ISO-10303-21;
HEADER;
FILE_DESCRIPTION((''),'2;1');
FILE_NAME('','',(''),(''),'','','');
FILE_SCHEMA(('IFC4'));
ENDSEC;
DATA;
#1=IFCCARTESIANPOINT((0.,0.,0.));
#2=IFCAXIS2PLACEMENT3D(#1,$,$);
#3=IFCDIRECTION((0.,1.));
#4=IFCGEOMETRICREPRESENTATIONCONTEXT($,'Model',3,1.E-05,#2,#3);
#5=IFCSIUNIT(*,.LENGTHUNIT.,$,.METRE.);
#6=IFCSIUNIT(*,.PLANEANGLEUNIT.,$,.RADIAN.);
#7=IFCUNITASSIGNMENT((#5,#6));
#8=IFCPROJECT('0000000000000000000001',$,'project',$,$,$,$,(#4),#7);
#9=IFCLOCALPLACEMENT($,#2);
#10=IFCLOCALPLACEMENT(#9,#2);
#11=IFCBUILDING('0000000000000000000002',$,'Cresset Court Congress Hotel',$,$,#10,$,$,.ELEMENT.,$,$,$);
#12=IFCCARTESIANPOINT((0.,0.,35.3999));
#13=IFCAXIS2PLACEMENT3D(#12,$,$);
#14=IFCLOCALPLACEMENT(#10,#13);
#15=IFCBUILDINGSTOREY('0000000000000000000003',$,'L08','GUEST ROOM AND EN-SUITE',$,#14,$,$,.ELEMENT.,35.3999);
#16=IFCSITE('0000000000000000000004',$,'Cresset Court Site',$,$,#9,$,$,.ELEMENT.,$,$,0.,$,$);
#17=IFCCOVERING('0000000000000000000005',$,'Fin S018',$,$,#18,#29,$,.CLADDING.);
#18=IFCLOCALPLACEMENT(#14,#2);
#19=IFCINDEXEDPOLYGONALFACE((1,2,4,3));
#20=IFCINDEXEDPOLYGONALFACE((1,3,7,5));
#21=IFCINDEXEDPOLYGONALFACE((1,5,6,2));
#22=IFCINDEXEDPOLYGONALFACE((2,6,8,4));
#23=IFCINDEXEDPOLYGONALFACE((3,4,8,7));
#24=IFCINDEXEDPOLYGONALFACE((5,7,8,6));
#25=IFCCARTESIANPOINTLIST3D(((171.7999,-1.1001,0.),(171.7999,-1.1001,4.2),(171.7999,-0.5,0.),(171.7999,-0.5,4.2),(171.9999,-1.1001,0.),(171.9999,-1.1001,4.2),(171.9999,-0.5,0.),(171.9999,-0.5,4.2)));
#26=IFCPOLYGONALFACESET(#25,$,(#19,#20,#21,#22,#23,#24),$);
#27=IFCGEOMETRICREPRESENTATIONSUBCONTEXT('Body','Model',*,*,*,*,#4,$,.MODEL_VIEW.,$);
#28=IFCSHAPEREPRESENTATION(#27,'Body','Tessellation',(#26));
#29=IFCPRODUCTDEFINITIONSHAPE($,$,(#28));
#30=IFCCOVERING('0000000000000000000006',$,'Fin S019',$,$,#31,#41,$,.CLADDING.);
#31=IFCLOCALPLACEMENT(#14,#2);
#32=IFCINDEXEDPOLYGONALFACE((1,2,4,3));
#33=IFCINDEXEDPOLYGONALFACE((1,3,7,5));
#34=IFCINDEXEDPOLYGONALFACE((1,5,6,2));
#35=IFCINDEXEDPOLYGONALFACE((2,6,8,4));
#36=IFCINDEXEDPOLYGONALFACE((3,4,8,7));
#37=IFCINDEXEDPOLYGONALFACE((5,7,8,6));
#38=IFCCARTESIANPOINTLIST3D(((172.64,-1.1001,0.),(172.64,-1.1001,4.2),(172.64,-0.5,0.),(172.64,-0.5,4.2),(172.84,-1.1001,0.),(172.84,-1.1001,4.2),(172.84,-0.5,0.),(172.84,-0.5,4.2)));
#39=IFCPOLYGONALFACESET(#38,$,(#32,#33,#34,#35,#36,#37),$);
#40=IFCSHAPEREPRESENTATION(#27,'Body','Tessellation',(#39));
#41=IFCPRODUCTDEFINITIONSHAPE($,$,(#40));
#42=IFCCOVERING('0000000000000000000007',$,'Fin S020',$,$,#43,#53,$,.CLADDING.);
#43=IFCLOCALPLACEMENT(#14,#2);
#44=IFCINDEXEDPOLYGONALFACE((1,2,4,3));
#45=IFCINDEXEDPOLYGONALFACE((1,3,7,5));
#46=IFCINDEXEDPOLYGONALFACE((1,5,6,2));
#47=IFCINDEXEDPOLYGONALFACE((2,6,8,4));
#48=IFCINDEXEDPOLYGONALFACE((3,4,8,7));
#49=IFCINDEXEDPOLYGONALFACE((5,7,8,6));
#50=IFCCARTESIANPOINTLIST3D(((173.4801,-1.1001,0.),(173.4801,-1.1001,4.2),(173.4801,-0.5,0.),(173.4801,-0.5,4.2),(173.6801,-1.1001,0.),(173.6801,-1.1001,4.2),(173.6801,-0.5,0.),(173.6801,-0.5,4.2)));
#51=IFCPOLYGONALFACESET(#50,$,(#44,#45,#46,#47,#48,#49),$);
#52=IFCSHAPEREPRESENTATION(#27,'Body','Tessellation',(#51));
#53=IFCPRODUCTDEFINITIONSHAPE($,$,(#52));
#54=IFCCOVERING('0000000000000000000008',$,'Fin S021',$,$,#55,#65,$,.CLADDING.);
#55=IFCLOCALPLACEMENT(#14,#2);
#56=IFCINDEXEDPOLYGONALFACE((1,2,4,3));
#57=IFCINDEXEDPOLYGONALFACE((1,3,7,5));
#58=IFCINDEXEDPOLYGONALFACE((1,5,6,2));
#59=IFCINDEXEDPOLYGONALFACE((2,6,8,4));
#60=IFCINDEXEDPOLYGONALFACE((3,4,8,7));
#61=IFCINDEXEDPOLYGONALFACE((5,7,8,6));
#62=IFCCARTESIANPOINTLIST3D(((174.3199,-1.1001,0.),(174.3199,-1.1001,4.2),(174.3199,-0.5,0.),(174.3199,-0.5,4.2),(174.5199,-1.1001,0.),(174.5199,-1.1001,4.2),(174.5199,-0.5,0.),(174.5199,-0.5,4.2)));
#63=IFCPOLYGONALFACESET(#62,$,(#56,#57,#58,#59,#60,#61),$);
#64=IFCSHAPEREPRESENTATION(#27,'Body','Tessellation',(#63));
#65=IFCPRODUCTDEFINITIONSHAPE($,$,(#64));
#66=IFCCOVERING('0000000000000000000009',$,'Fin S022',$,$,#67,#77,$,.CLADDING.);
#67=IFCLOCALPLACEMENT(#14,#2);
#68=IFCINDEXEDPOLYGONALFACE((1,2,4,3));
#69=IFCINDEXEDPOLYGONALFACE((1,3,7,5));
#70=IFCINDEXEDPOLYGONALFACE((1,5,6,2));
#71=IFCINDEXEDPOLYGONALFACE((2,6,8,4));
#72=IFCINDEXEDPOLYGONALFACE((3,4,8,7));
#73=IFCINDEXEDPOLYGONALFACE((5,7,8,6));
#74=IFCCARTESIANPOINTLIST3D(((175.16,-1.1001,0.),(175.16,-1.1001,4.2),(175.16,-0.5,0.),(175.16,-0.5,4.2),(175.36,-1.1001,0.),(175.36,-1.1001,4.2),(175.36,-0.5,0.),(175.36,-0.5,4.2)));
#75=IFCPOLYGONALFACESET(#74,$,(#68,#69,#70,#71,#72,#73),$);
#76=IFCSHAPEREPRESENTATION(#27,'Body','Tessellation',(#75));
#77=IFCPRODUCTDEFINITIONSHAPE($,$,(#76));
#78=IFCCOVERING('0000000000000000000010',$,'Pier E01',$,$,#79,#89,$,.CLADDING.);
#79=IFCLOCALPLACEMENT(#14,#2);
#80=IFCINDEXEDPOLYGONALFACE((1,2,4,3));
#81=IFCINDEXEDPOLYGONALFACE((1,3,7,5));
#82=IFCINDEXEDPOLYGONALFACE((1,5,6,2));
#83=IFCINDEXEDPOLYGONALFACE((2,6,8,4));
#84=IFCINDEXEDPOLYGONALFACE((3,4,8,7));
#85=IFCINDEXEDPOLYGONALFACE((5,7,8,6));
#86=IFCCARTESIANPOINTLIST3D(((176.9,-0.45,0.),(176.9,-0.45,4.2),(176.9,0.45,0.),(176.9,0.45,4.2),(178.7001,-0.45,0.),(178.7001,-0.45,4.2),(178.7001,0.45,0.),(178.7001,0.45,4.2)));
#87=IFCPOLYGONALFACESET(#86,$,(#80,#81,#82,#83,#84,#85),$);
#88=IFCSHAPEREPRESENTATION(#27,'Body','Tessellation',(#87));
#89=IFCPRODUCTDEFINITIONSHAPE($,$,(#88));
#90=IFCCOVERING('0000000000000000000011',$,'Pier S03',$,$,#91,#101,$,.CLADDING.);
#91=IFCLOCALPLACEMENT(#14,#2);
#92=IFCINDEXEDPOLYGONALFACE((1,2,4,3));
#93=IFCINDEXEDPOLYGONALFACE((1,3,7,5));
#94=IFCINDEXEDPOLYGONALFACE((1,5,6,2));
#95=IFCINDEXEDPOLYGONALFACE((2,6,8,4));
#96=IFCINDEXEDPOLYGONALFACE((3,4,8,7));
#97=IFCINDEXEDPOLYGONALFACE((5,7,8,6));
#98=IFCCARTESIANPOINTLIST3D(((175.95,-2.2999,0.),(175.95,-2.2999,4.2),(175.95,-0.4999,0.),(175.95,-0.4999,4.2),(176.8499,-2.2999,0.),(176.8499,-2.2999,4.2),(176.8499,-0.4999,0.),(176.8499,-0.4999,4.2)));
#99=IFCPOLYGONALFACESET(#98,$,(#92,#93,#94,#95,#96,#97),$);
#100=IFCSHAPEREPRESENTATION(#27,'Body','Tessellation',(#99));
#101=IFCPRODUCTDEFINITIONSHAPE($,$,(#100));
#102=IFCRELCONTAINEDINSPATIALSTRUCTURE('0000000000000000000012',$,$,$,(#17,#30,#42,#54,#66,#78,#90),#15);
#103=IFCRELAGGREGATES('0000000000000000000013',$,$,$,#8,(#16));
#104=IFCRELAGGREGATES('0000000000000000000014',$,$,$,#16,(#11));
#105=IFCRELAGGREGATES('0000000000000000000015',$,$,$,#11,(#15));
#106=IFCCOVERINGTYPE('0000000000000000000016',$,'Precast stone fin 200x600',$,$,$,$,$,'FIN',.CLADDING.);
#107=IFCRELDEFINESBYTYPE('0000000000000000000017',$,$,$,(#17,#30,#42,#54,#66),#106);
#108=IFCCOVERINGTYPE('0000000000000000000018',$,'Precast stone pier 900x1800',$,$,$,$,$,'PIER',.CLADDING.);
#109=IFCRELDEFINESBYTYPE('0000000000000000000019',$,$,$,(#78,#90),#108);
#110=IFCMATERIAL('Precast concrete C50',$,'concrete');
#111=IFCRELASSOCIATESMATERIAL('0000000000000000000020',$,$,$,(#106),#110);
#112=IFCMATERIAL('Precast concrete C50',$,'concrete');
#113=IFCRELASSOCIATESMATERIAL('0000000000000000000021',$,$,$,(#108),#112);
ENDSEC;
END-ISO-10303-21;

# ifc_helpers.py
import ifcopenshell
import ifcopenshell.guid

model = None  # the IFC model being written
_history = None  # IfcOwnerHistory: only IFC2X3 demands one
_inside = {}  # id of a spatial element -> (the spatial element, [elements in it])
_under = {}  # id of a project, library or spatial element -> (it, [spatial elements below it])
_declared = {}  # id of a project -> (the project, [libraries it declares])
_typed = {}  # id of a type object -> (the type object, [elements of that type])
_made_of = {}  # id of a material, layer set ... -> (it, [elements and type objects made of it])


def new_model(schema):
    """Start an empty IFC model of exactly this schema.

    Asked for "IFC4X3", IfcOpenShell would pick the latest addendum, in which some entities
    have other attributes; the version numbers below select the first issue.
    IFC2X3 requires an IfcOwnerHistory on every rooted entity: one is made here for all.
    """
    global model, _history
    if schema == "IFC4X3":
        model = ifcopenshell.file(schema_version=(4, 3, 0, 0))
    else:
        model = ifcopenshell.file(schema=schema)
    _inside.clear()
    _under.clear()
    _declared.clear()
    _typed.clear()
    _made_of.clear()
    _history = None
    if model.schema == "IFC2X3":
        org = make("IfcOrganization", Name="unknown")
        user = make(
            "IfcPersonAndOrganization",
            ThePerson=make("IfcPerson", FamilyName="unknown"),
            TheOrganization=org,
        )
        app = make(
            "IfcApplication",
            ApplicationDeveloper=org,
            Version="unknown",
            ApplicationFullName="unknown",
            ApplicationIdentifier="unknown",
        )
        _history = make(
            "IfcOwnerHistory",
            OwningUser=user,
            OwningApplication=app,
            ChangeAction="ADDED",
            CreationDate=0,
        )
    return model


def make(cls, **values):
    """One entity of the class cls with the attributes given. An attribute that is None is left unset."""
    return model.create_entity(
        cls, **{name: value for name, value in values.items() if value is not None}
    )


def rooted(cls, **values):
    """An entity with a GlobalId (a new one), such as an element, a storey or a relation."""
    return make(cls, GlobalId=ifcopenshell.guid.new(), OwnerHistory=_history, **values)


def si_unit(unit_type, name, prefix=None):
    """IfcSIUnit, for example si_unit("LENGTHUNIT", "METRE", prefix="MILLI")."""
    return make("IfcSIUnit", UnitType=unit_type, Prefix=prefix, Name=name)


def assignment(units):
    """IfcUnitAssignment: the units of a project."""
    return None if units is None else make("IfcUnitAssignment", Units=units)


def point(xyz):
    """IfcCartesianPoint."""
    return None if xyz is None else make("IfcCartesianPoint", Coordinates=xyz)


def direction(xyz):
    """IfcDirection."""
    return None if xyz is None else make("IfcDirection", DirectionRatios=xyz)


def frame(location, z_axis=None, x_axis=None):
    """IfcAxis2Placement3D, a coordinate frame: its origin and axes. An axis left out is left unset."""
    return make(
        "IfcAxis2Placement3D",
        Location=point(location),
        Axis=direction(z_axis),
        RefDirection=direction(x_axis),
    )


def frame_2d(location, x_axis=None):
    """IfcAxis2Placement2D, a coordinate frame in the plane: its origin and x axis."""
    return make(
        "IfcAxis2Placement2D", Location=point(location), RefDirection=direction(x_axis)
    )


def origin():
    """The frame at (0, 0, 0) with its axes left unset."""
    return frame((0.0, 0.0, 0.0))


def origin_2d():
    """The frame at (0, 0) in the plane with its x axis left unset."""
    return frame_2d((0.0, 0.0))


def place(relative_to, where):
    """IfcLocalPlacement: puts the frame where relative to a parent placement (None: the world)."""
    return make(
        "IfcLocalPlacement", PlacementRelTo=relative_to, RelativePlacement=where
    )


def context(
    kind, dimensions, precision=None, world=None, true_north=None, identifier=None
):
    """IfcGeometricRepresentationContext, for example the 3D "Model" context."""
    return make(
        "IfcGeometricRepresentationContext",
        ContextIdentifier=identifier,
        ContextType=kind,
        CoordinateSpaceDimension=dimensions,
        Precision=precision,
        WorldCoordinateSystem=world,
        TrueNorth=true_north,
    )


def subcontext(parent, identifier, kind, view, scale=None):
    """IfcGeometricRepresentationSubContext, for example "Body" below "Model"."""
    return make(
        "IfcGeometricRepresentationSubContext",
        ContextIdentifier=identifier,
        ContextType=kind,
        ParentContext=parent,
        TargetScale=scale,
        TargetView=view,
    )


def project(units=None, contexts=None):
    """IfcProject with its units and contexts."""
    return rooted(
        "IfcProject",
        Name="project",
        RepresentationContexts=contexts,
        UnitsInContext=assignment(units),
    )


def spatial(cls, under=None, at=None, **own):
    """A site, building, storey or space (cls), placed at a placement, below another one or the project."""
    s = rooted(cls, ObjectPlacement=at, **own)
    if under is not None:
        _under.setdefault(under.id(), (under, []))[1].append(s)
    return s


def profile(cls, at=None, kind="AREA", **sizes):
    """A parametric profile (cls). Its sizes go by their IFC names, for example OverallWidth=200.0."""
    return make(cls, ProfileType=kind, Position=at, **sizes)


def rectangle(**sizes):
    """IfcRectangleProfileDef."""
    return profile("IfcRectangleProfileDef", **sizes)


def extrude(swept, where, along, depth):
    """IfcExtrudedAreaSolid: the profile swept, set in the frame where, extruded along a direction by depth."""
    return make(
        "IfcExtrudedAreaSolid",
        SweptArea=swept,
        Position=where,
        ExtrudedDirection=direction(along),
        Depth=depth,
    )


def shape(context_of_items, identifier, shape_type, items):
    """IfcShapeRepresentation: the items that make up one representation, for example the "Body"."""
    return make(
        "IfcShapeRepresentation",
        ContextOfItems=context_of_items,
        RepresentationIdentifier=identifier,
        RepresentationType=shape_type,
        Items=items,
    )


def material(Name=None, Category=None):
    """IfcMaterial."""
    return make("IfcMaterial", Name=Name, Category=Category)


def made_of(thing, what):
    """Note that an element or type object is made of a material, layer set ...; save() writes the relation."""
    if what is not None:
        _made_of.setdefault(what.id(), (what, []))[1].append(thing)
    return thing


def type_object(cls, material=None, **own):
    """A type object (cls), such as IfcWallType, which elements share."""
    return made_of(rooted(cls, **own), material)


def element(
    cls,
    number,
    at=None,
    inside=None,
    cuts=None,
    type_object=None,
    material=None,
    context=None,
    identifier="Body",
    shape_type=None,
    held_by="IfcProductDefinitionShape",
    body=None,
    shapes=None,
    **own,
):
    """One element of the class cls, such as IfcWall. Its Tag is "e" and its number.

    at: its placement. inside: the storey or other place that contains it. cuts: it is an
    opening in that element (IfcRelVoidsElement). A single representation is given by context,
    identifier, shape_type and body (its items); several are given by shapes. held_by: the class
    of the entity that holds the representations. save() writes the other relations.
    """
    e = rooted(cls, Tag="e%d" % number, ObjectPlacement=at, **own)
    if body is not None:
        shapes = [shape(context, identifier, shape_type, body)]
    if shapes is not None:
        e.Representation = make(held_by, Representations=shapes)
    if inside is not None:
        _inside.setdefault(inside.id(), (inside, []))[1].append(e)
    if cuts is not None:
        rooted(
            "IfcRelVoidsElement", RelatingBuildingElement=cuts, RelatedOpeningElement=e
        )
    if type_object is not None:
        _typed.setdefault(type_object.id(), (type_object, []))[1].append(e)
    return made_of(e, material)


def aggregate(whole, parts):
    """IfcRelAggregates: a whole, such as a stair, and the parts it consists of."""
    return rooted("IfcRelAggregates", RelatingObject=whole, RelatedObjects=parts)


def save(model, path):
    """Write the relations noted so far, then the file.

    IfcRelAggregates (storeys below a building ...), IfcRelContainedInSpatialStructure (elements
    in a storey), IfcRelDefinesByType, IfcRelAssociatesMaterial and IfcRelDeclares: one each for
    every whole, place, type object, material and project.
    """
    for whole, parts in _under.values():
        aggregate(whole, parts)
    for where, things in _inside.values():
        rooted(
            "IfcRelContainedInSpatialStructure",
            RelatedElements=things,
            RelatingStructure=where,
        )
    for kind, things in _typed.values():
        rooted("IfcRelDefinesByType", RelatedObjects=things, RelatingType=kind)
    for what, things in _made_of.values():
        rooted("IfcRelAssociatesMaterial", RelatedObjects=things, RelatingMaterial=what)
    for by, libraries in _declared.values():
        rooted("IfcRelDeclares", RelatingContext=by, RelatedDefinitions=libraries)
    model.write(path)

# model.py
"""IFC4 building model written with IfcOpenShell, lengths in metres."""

from ifc_helpers import new_model, si_unit, direction, frame, origin, origin_2d, place, context, subcontext, project, spatial, rectangle, extrude, material, type_object, element, save


model = new_model("IFC4")

# Units and contexts
model_context = context("Model", 3, precision=1e-05, world=origin(), true_north=direction((0.0, 1.0)))
body_context = subcontext(model_context, "Body", "Model", "MODEL_VIEW")
ifc_project = project(units=[si_unit("LENGTHUNIT", "METRE"), si_unit("PLANEANGLEUNIT", "RADIAN")], contexts=[model_context])

# Site, building, storey
site_placement = place(None, origin())
site = spatial("IfcSite", under=ifc_project, at=site_placement, Name="Cresset Court Site", CompositionType="ELEMENT", RefElevation=0.0)
building_placement = place(site_placement, origin())
building = spatial("IfcBuilding", under=site, at=building_placement, Name="Cresset Court Congress Hotel", CompositionType="ELEMENT")
storey_placement = place(building_placement, frame((0.0, 0.0, 35.3999)))
storey = spatial("IfcBuildingStorey", under=building, at=storey_placement, Name="L08", Description="GUEST ROOM AND EN-SUITE", CompositionType="ELEMENT", Elevation=35.3999)

# Coverings
ifc_material_1 = material(Name="Precast concrete C50", Category="concrete")
covering_type_1 = type_object("IfcCoveringType", Name="Precast stone fin 200x600", ElementType="FIN", PredefinedType="CLADDING", material=ifc_material_1)
for number, where, z_axis, x_axis, name in (
    (1, (171.8999, -0.8, 0.0), (0.0, 0.0, 1.0), (1.0, 0.0, 0.0), "Fin S018"),
    (2, (172.74, -0.8, 0.0), (0.0, 0.0, 1.0), (1.0, 0.0, 0.0), "Fin S019"),
    (3, (173.5801, -0.8, 0.0), (0.0, 0.0, 1.0), (1.0, 0.0, 0.0), "Fin S020"),
    (4, (174.4199, -0.8, 0.0), (0.0, 0.0, 1.0), (1.0, 0.0, 0.0), "Fin S021"),
    (5, (175.26, -0.8, 0.0), (0.0, 0.0, 1.0), (1.0, 0.0, 0.0), "Fin S022"),
):
    element("IfcCovering", number, at=place(storey_placement, frame(where, z_axis=z_axis, x_axis=x_axis)), inside=storey, type_object=covering_type_1, Name=name, PredefinedType="CLADDING", context=body_context, shape_type="SweptSolid", body=[
        extrude(rectangle(XDim=0.2, YDim=0.6001, at=origin_2d()), origin(), (0.0, 0.0, 1.0), 4.2),
    ])
ifc_material_2 = material(Name="Precast concrete C50", Category="concrete")
covering_type_2 = type_object("IfcCoveringType", Name="Precast stone pier 900x1800", ElementType="PIER", PredefinedType="CLADDING", material=ifc_material_2)
covering_1_placement = place(storey_placement, frame((177.8, 0.0, 0.0), z_axis=(0.0, 0.0, 1.0), x_axis=(1.0, 0.0, 0.0)))
element("IfcCovering", 6, at=covering_1_placement, inside=storey, type_object=covering_type_2, Name="Pier E01", PredefinedType="CLADDING", context=body_context, shape_type="SweptSolid", body=[
    extrude(rectangle(XDim=1.8, YDim=0.8999, at=origin_2d()), origin(), (0.0, 0.0, 1.0), 4.2),
])
covering_2_placement = place(storey_placement, frame((176.3999, -1.3999, 0.0), z_axis=(0.0, 0.0, 1.0), x_axis=(1.0, 0.0, 0.0)))
element("IfcCovering", 7, at=covering_2_placement, inside=storey, type_object=covering_type_2, Name="Pier S03", PredefinedType="CLADDING", context=body_context, shape_type="SweptSolid", body=[
    extrude(rectangle(XDim=0.8999, YDim=1.8, at=origin_2d()), origin(), (0.0, 0.0, 1.0), 4.2),
])

save(model, "model.ifc")
